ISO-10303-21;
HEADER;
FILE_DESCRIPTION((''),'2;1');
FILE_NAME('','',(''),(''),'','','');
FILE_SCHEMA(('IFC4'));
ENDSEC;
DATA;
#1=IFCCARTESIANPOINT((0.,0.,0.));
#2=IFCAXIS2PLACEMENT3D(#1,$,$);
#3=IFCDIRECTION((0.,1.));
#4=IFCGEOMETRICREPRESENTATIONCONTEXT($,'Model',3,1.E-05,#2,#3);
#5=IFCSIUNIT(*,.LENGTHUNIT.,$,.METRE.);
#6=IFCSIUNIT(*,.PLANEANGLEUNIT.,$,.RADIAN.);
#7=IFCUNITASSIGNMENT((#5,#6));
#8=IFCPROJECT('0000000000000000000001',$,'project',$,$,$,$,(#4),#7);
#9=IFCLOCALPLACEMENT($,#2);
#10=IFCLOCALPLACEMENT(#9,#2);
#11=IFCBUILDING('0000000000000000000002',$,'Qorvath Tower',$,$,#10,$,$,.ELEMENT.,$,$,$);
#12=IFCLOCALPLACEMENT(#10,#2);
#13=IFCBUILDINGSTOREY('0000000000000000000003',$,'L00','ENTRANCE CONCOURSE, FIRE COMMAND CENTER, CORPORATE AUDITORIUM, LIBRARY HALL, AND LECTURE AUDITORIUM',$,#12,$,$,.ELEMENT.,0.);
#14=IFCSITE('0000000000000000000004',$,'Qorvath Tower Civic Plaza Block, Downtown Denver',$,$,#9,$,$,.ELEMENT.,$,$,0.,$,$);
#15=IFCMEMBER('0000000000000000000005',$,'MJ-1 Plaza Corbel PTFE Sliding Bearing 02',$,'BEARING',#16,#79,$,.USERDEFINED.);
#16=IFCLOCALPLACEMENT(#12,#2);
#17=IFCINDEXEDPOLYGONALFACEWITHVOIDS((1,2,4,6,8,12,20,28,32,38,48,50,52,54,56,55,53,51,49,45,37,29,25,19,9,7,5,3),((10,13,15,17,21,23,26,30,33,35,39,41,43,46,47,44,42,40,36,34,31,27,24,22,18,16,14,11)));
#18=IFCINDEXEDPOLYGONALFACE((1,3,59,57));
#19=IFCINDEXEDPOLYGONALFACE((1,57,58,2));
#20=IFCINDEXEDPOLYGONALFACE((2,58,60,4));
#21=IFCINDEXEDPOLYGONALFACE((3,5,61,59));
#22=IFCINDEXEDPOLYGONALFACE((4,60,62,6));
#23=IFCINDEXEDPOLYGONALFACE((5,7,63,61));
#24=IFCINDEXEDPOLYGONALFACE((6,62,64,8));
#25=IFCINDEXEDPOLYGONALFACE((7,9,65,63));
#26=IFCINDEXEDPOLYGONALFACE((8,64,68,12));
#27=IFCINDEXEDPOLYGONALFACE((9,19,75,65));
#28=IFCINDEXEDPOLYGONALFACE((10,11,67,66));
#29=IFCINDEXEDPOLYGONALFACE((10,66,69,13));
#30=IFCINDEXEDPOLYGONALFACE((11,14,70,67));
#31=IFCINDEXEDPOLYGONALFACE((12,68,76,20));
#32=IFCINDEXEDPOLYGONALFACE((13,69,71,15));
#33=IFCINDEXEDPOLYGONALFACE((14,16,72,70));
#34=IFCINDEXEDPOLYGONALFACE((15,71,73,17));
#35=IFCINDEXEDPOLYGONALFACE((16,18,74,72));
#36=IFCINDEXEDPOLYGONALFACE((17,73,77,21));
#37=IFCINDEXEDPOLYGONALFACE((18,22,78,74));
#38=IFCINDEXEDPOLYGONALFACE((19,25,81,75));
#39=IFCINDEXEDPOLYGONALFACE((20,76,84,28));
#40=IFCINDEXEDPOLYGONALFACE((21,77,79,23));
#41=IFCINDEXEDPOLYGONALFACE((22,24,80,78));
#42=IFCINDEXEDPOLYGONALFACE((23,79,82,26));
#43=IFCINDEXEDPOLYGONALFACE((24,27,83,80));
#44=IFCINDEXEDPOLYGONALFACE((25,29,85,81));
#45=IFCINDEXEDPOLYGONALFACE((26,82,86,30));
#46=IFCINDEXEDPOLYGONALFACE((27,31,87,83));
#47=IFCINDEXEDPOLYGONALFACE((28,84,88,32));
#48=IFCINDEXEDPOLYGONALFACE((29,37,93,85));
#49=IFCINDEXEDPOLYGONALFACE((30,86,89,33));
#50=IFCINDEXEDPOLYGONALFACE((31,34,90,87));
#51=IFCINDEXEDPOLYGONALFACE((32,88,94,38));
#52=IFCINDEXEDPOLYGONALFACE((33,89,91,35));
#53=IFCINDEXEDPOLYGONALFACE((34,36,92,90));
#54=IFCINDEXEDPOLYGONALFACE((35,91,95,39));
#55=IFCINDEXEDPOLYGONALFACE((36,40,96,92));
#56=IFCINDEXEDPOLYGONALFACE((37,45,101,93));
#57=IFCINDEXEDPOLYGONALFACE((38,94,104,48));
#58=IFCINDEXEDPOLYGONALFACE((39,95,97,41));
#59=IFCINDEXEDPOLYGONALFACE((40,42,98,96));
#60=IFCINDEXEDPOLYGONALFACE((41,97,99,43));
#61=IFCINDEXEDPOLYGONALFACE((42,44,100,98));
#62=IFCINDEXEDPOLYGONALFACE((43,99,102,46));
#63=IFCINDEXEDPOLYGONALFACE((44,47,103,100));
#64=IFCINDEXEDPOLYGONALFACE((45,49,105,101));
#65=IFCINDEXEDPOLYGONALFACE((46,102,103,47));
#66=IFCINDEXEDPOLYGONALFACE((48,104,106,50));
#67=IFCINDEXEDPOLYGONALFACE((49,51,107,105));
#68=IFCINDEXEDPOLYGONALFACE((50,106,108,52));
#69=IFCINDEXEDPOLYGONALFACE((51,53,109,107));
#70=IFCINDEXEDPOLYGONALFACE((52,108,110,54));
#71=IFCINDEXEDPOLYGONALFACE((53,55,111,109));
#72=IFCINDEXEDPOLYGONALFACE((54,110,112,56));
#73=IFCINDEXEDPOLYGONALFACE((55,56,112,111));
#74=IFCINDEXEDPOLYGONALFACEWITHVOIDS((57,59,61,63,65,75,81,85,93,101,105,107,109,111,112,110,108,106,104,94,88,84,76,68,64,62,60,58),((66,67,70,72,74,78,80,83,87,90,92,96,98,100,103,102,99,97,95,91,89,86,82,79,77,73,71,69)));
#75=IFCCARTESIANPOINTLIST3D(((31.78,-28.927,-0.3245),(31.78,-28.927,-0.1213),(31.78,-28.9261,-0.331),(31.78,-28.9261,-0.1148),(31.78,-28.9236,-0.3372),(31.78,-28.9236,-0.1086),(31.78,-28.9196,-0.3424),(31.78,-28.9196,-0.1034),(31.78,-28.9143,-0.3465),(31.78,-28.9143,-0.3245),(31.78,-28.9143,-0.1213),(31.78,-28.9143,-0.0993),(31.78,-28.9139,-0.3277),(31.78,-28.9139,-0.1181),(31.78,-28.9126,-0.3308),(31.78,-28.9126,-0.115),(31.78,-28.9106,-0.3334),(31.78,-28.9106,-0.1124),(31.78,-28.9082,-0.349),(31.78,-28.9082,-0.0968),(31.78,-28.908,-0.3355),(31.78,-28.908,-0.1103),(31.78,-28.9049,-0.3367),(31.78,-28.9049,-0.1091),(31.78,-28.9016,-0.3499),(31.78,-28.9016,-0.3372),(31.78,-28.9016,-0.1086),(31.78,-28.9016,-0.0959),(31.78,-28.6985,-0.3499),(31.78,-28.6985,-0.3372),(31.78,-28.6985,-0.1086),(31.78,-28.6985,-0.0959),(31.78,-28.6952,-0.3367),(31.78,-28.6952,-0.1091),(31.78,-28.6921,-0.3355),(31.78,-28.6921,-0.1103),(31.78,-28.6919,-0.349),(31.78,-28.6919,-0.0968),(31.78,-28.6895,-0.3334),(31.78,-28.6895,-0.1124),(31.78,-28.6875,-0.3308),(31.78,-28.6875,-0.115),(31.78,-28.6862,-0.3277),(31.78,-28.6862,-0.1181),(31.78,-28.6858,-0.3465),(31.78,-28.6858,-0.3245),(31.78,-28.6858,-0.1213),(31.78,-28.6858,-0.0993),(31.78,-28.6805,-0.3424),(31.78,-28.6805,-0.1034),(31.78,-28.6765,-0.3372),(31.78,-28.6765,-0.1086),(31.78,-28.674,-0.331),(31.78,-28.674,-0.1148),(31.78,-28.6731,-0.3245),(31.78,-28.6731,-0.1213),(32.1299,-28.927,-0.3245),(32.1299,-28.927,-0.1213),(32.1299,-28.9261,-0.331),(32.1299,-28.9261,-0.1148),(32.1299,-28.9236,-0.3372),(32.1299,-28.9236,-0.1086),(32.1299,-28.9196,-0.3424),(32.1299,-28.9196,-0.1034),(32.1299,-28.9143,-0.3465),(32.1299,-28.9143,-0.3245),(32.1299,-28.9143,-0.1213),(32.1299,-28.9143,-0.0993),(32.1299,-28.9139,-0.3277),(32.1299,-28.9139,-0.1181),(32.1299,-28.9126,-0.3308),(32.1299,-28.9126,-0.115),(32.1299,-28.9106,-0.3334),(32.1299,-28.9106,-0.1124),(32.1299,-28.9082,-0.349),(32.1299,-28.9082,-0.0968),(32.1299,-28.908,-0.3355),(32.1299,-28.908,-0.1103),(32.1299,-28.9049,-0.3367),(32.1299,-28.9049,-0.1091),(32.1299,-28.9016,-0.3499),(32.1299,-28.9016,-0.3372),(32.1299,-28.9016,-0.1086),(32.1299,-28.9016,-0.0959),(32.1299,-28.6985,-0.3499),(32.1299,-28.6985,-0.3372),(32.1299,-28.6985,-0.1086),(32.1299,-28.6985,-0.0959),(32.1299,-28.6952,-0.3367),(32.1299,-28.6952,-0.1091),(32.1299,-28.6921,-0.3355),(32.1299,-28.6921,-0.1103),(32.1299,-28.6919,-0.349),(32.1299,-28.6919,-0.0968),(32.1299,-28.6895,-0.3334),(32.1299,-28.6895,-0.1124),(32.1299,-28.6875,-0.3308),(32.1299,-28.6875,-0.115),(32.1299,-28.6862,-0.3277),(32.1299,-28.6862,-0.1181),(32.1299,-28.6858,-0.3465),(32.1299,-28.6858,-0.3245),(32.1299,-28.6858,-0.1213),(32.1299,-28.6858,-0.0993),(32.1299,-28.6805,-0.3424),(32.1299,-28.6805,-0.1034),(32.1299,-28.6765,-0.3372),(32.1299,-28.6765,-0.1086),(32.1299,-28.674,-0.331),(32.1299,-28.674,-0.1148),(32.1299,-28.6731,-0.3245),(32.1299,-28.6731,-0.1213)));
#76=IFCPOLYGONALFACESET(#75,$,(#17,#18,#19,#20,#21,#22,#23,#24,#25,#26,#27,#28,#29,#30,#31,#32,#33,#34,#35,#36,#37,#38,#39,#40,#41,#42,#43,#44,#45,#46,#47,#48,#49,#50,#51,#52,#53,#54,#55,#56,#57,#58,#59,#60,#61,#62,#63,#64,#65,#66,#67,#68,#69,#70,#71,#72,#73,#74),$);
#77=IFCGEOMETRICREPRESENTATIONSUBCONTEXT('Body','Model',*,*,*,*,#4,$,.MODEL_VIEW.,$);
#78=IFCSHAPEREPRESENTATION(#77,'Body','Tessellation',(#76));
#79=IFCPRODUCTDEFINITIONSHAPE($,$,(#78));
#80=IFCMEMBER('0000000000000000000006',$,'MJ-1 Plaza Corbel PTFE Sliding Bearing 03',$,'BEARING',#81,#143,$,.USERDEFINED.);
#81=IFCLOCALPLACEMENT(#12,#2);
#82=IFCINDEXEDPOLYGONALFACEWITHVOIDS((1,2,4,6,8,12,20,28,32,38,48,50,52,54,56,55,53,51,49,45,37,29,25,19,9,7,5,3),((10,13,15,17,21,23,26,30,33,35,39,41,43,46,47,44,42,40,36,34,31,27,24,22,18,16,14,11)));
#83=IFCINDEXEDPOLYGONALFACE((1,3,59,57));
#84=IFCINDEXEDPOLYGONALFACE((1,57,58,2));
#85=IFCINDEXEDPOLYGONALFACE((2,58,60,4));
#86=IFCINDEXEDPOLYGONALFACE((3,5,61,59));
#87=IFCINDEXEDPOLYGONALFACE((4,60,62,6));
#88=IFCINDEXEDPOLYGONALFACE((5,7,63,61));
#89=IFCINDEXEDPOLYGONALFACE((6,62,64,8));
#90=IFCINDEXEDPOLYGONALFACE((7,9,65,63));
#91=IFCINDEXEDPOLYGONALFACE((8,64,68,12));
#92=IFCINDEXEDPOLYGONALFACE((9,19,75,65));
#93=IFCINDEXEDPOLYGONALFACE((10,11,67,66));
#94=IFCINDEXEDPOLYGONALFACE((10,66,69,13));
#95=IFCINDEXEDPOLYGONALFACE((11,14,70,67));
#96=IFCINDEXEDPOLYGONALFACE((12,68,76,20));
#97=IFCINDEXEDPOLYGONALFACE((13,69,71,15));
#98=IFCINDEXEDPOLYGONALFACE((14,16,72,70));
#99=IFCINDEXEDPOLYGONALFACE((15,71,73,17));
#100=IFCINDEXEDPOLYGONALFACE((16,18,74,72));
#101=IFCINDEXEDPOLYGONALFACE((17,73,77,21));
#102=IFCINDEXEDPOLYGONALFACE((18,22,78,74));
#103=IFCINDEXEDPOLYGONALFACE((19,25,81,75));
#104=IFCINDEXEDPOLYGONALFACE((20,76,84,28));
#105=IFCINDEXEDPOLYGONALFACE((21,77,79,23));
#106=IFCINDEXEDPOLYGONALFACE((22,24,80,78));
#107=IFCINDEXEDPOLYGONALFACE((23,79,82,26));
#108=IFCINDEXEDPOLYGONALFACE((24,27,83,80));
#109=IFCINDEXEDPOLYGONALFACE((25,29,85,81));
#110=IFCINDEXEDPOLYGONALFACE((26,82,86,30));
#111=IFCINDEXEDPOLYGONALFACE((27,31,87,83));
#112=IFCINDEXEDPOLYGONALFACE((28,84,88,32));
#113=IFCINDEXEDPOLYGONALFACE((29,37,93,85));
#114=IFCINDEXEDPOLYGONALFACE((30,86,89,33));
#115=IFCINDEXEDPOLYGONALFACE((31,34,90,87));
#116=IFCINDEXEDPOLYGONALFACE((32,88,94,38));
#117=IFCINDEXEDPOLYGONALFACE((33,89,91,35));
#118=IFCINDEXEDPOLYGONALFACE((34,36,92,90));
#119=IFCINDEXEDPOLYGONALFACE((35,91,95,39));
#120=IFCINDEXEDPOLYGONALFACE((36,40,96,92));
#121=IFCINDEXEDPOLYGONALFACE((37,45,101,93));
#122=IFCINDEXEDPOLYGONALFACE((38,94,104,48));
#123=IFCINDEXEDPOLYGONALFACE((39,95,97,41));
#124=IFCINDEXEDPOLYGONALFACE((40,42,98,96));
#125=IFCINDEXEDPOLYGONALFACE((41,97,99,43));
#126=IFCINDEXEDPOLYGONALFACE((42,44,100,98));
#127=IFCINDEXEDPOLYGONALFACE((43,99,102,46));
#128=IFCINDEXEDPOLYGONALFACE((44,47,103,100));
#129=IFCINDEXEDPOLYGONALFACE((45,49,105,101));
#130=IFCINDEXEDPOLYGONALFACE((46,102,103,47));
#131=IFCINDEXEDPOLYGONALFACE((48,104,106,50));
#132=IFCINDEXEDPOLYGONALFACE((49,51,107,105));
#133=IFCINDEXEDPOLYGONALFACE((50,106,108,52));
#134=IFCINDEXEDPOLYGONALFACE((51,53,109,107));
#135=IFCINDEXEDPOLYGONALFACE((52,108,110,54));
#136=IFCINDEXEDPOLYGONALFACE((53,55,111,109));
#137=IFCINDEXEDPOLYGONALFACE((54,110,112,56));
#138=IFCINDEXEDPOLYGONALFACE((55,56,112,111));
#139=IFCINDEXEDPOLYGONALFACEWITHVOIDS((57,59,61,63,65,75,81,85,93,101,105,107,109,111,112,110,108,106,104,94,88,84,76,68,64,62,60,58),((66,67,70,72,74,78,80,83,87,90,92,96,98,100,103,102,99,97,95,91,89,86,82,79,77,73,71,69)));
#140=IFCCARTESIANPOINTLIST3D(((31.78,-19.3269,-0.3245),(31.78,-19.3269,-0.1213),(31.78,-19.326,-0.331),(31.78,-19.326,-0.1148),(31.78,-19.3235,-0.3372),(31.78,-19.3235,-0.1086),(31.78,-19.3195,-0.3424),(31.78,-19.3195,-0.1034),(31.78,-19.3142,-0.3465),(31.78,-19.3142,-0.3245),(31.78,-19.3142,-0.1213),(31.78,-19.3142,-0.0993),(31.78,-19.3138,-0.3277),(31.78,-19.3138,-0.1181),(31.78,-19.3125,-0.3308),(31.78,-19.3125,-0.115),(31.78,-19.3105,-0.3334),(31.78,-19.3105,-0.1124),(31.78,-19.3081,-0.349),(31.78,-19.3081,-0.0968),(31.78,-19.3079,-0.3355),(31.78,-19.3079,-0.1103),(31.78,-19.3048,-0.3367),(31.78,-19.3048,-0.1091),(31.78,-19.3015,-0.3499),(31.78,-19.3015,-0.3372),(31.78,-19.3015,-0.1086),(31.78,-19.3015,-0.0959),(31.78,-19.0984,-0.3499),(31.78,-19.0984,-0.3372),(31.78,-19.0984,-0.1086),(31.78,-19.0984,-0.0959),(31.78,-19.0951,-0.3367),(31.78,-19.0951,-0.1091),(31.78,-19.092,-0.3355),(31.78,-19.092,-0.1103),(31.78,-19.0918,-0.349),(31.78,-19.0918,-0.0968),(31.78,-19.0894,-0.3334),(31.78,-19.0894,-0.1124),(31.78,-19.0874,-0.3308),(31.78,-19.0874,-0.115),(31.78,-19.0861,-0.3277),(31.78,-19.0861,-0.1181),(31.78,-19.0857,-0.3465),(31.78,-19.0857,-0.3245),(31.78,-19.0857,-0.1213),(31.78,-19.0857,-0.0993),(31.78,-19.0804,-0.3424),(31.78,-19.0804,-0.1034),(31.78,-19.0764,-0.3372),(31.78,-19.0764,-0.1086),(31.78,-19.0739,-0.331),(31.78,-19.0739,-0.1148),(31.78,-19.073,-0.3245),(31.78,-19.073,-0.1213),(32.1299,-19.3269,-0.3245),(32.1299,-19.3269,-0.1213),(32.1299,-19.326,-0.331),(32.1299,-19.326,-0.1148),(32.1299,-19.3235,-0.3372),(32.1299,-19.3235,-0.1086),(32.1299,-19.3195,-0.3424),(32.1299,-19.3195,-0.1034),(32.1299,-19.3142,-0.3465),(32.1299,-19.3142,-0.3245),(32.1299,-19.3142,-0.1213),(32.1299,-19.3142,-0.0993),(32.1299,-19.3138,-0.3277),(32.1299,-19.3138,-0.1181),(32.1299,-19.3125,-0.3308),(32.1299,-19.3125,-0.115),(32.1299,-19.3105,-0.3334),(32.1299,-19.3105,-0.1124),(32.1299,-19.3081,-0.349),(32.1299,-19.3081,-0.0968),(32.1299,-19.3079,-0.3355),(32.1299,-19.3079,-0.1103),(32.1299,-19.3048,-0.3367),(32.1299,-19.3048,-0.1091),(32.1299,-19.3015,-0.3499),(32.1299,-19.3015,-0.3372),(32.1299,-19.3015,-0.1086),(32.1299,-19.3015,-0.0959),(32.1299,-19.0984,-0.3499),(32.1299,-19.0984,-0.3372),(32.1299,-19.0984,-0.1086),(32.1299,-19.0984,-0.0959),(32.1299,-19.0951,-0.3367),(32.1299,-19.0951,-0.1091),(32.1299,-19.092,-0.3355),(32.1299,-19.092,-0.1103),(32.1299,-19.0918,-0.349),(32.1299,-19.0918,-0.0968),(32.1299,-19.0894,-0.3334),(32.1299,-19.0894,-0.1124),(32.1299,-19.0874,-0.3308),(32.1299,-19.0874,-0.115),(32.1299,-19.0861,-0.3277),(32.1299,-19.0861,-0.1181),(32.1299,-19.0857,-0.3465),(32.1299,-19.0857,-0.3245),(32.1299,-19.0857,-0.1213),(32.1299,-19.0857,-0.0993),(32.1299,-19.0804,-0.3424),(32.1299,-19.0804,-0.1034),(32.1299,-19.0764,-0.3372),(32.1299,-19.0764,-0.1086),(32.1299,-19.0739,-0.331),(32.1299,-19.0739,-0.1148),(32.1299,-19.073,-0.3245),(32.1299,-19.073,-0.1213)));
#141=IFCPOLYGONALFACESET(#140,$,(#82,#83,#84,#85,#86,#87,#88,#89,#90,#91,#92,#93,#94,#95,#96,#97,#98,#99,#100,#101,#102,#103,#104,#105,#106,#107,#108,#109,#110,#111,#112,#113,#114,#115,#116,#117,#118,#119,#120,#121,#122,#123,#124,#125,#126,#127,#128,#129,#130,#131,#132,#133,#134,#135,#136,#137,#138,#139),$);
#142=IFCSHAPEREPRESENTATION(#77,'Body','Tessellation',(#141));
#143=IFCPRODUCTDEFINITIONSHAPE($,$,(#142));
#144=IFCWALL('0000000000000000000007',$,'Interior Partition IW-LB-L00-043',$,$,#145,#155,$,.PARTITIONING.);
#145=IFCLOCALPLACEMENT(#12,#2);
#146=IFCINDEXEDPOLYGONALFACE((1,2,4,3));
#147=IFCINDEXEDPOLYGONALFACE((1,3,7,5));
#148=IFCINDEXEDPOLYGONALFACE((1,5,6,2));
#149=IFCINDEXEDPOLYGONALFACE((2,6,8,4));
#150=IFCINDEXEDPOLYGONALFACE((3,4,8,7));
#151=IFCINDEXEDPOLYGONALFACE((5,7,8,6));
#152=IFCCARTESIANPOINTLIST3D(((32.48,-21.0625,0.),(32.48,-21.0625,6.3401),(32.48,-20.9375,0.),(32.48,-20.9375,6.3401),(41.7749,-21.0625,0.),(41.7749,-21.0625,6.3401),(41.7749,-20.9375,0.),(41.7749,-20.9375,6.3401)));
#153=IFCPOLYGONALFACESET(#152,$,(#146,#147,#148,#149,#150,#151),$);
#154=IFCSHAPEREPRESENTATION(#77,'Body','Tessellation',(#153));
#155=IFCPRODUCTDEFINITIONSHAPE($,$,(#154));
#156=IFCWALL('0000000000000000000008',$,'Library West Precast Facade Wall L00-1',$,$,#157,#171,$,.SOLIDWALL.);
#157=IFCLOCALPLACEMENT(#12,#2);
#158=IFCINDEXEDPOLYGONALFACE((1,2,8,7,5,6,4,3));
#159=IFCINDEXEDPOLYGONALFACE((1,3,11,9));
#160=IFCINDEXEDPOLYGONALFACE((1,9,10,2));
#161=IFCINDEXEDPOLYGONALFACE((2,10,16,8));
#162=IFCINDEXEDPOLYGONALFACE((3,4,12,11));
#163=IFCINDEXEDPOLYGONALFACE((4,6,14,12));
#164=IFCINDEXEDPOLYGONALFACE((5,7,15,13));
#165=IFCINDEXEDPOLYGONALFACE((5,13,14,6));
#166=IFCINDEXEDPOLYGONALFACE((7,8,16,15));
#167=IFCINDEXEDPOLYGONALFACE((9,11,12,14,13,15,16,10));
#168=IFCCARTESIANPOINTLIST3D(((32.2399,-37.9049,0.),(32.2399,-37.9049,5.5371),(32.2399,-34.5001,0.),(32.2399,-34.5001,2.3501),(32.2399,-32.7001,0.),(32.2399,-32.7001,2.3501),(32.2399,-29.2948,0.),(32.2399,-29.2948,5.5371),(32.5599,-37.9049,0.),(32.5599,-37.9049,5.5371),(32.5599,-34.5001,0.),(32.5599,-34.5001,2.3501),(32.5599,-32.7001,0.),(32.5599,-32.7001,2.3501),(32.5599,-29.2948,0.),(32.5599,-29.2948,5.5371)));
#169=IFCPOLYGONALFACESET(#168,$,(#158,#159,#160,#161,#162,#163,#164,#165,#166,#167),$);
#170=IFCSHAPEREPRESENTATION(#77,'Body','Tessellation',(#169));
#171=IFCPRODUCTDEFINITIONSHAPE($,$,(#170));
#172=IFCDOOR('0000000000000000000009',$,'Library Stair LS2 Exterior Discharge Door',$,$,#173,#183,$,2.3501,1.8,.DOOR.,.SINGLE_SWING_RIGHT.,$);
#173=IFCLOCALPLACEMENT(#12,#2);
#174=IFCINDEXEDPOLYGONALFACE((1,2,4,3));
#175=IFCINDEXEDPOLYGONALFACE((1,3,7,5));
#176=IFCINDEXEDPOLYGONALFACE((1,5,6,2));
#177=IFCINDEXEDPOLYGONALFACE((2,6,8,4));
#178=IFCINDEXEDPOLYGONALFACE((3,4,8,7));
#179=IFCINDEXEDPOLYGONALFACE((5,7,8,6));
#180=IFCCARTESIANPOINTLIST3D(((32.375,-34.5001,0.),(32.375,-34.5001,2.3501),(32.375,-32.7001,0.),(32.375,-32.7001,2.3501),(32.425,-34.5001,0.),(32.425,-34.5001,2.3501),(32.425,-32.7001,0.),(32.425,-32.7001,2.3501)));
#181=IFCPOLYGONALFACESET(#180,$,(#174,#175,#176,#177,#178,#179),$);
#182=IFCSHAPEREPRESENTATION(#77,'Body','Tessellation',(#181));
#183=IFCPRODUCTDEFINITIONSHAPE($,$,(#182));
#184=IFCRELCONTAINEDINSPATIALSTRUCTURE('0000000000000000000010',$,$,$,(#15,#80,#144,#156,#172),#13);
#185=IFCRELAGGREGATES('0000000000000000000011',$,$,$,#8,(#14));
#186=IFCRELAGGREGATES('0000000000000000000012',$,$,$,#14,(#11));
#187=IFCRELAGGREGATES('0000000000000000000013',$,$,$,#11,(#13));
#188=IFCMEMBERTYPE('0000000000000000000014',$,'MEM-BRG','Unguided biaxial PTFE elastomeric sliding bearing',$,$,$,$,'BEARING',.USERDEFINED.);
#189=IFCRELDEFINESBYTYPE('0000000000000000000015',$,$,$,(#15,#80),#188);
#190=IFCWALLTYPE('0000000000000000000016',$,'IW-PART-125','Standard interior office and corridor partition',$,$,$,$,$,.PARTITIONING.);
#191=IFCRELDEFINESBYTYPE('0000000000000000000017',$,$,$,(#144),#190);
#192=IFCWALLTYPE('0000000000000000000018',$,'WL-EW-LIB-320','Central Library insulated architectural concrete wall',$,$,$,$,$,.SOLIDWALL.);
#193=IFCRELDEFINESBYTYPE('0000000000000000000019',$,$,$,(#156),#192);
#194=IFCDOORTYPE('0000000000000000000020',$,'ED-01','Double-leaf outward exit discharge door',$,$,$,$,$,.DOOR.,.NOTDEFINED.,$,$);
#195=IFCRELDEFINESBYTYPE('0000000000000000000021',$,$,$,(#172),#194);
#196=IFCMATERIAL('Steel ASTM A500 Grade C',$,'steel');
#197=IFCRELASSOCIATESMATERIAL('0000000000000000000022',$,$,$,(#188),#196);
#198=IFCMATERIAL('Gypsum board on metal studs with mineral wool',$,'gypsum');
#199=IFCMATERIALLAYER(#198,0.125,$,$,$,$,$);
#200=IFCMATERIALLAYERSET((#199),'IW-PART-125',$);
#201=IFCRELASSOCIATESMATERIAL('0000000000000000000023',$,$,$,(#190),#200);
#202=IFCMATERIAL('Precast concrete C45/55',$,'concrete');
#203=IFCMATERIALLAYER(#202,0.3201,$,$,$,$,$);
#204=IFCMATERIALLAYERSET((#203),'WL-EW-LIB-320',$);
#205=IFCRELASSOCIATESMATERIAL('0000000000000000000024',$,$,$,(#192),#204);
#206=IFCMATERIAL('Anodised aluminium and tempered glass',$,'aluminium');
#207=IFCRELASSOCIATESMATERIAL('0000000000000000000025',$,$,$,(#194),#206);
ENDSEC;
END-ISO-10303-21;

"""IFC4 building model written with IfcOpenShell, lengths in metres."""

from ifc_helpers import new_model, si_unit, direction, frame, frame_2d, origin, origin_2d, place, context, subcontext, project, spatial, rectangle, hollow_rectangle, extrude, material, layer, layer_set, material_profile, profile_set, type_object, element, fill, save


model = new_model("IFC4")

# Units and contexts
model_context = context("Model", 3, precision=1e-05, world=origin(), true_north=direction((0.0, 1.0)))
body_context = subcontext(model_context, "Body", "Model", "MODEL_VIEW")
ifc_project = project(units=[si_unit("LENGTHUNIT", "METRE"), si_unit("PLANEANGLEUNIT", "RADIAN")], contexts=[model_context])

# Site, building, storey
site_placement = place(None, origin())
site = spatial("IfcSite", under=ifc_project, at=site_placement, Name="Qorvath Tower Civic Plaza Block, Downtown Denver", CompositionType="ELEMENT", RefElevation=0.0)
building_placement = place(site_placement, origin())
building = spatial("IfcBuilding", under=site, at=building_placement, Name="Qorvath Tower", CompositionType="ELEMENT")
storey_placement = place(building_placement, origin())
storey = spatial("IfcBuildingStorey", under=building, at=storey_placement, Name="L00", Description="ENTRANCE CONCOURSE, FIRE COMMAND CENTER, CORPORATE AUDITORIUM, LIBRARY HALL, AND LECTURE AUDITORIUM", CompositionType="ELEMENT", Elevation=0.0)

# Members
ifc_material_1 = material(Name="Steel ASTM A500 Grade C", Category="steel")
ifc_material_profile_1 = material_profile(ifc_material_1, hollow_rectangle(XDim=0.2539, YDim=0.2539, WallThickness=0.0127, InnerFilletRadius=0.0127, OuterFilletRadius=0.0254, at=origin_2d()), Name="HSS 254x254x12.7")
ifc_profile_set_1 = profile_set([ifc_material_profile_1], Name="Steel ASTM A500 Grade C")
member_type_1 = type_object("IfcMemberType", Name="MEM-BRG", Description="Unguided biaxial PTFE elastomeric sliding bearing", ElementType="BEARING", PredefinedType="USERDEFINED", material=ifc_profile_set_1)
for number, where, z_axis, x_axis, name in (
    (1, (31.78, -28.8, -0.2229), (1.0, 0.0, 0.0), (0.0, 1.0, 0.0), "MJ-1 Plaza Corbel PTFE Sliding Bearing 02"),
    (2, (31.78, -19.2, -0.2229), (1.0, 0.0, 0.0), (0.0, 1.0, 0.0), "MJ-1 Plaza Corbel PTFE Sliding Bearing 03"),
):
    element("IfcMember", number, at=place(storey_placement, frame(where, z_axis=z_axis, x_axis=x_axis)), inside=storey, type_object=member_type_1, Name=name, ObjectType="BEARING", PredefinedType="USERDEFINED", context=body_context, shape_type="SweptSolid", body=[
        extrude(hollow_rectangle(XDim=0.2539, YDim=0.2539, WallThickness=0.0127, InnerFilletRadius=0.0127, OuterFilletRadius=0.0254, at=origin_2d()), origin(), (0.0, 0.0, 1.0), 0.3499),
    ])

# Wall
ifc_material_2 = material(Name="Gypsum board on metal studs with mineral wool", Category="gypsum")
ifc_layer_1 = layer(ifc_material_2, 0.125)
ifc_layer_set_1 = layer_set([ifc_layer_1], Name="IW-PART-125")
wall_type_1 = type_object("IfcWallType", Name="IW-PART-125", Description="Standard interior office and corridor partition", PredefinedType="PARTITIONING", material=ifc_layer_set_1)
wall_1_placement = place(storey_placement, frame((32.48, -21.0, 0.0), z_axis=(0.0, 0.0, 1.0), x_axis=(1.0, 0.0, 0.0)))
element("IfcWall", 3, at=wall_1_placement, inside=storey, type_object=wall_type_1, Name="Interior Partition IW-LB-L00-043", PredefinedType="PARTITIONING", context=body_context, shape_type="SweptSolid", body=[
    extrude(rectangle(XDim=9.2949, YDim=0.125, at=frame_2d((4.6475, 0.0))), origin(), (0.0, 0.0, 1.0), 6.3401),
])

# Wall, opening, door
ifc_material_3 = material(Name="Precast concrete C45/55", Category="concrete")
ifc_layer_2 = layer(ifc_material_3, 0.3201)
ifc_layer_set_2 = layer_set([ifc_layer_2], Name="WL-EW-LIB-320")
wall_type_2 = type_object("IfcWallType", Name="WL-EW-LIB-320", Description="Central Library insulated architectural concrete wall", PredefinedType="SOLIDWALL", material=ifc_layer_set_2)
wall_2_placement = place(storey_placement, frame((32.3999, -37.905, 0.0), z_axis=(0.0, 0.0, 1.0), x_axis=(0.0, 1.0, 0.0)))
wall_2 = element("IfcWall", 4, at=wall_2_placement, inside=storey, type_object=wall_type_2, Name="Library West Precast Facade Wall L00-1", PredefinedType="SOLIDWALL", context=body_context, shape_type="SweptSolid", body=[
    extrude(rectangle(XDim=8.6101, YDim=0.3201, at=frame_2d((4.3052, 0.0))), origin(), (0.0, 0.0, 1.0), 5.5371),
])
opening_placement = place(wall_2_placement, frame((3.405, 0.0, 0.0)))
opening = element("IfcOpeningElement", 5, at=opening_placement, cuts=wall_2, PredefinedType="OPENING", context=body_context, shape_type="SweptSolid", body=[
    extrude(rectangle(XDim=1.8, YDim=2.3501, at=frame_2d((0.8999, 1.175))), frame((0.0, 0.1699, 0.0), z_axis=(0.0, -1.0, 0.0), x_axis=(1.0, 0.0, 0.0)), (0.0, 0.0, 1.0), 0.3401),
])
ifc_material_4 = material(Name="Anodised aluminium and tempered glass", Category="aluminium")
door_type = type_object("IfcDoorType", Name="ED-01", Description="Double-leaf outward exit discharge door", OperationType="NOTDEFINED", PredefinedType="DOOR", material=ifc_material_4)
door_placement = place(opening_placement, origin())
door = element("IfcDoor", 6, at=door_placement, inside=storey, type_object=door_type, Name="Library Stair LS2 Exterior Discharge Door", OperationType="SINGLE_SWING_RIGHT", OverallHeight=2.3501, OverallWidth=1.8, PredefinedType="DOOR", context=body_context, shape_type="SweptSolid", body=[
    extrude(rectangle(XDim=1.8, YDim=2.3501, at=frame_2d((0.8999, 1.175))), frame((0.0, 0.0249, 0.0), z_axis=(0.0, -1.0, 0.0), x_axis=(1.0, 0.0, 0.0)), (0.0, 0.0, 1.0), 0.05),
])
fill(opening, door)

save(model, "model.ifc")
